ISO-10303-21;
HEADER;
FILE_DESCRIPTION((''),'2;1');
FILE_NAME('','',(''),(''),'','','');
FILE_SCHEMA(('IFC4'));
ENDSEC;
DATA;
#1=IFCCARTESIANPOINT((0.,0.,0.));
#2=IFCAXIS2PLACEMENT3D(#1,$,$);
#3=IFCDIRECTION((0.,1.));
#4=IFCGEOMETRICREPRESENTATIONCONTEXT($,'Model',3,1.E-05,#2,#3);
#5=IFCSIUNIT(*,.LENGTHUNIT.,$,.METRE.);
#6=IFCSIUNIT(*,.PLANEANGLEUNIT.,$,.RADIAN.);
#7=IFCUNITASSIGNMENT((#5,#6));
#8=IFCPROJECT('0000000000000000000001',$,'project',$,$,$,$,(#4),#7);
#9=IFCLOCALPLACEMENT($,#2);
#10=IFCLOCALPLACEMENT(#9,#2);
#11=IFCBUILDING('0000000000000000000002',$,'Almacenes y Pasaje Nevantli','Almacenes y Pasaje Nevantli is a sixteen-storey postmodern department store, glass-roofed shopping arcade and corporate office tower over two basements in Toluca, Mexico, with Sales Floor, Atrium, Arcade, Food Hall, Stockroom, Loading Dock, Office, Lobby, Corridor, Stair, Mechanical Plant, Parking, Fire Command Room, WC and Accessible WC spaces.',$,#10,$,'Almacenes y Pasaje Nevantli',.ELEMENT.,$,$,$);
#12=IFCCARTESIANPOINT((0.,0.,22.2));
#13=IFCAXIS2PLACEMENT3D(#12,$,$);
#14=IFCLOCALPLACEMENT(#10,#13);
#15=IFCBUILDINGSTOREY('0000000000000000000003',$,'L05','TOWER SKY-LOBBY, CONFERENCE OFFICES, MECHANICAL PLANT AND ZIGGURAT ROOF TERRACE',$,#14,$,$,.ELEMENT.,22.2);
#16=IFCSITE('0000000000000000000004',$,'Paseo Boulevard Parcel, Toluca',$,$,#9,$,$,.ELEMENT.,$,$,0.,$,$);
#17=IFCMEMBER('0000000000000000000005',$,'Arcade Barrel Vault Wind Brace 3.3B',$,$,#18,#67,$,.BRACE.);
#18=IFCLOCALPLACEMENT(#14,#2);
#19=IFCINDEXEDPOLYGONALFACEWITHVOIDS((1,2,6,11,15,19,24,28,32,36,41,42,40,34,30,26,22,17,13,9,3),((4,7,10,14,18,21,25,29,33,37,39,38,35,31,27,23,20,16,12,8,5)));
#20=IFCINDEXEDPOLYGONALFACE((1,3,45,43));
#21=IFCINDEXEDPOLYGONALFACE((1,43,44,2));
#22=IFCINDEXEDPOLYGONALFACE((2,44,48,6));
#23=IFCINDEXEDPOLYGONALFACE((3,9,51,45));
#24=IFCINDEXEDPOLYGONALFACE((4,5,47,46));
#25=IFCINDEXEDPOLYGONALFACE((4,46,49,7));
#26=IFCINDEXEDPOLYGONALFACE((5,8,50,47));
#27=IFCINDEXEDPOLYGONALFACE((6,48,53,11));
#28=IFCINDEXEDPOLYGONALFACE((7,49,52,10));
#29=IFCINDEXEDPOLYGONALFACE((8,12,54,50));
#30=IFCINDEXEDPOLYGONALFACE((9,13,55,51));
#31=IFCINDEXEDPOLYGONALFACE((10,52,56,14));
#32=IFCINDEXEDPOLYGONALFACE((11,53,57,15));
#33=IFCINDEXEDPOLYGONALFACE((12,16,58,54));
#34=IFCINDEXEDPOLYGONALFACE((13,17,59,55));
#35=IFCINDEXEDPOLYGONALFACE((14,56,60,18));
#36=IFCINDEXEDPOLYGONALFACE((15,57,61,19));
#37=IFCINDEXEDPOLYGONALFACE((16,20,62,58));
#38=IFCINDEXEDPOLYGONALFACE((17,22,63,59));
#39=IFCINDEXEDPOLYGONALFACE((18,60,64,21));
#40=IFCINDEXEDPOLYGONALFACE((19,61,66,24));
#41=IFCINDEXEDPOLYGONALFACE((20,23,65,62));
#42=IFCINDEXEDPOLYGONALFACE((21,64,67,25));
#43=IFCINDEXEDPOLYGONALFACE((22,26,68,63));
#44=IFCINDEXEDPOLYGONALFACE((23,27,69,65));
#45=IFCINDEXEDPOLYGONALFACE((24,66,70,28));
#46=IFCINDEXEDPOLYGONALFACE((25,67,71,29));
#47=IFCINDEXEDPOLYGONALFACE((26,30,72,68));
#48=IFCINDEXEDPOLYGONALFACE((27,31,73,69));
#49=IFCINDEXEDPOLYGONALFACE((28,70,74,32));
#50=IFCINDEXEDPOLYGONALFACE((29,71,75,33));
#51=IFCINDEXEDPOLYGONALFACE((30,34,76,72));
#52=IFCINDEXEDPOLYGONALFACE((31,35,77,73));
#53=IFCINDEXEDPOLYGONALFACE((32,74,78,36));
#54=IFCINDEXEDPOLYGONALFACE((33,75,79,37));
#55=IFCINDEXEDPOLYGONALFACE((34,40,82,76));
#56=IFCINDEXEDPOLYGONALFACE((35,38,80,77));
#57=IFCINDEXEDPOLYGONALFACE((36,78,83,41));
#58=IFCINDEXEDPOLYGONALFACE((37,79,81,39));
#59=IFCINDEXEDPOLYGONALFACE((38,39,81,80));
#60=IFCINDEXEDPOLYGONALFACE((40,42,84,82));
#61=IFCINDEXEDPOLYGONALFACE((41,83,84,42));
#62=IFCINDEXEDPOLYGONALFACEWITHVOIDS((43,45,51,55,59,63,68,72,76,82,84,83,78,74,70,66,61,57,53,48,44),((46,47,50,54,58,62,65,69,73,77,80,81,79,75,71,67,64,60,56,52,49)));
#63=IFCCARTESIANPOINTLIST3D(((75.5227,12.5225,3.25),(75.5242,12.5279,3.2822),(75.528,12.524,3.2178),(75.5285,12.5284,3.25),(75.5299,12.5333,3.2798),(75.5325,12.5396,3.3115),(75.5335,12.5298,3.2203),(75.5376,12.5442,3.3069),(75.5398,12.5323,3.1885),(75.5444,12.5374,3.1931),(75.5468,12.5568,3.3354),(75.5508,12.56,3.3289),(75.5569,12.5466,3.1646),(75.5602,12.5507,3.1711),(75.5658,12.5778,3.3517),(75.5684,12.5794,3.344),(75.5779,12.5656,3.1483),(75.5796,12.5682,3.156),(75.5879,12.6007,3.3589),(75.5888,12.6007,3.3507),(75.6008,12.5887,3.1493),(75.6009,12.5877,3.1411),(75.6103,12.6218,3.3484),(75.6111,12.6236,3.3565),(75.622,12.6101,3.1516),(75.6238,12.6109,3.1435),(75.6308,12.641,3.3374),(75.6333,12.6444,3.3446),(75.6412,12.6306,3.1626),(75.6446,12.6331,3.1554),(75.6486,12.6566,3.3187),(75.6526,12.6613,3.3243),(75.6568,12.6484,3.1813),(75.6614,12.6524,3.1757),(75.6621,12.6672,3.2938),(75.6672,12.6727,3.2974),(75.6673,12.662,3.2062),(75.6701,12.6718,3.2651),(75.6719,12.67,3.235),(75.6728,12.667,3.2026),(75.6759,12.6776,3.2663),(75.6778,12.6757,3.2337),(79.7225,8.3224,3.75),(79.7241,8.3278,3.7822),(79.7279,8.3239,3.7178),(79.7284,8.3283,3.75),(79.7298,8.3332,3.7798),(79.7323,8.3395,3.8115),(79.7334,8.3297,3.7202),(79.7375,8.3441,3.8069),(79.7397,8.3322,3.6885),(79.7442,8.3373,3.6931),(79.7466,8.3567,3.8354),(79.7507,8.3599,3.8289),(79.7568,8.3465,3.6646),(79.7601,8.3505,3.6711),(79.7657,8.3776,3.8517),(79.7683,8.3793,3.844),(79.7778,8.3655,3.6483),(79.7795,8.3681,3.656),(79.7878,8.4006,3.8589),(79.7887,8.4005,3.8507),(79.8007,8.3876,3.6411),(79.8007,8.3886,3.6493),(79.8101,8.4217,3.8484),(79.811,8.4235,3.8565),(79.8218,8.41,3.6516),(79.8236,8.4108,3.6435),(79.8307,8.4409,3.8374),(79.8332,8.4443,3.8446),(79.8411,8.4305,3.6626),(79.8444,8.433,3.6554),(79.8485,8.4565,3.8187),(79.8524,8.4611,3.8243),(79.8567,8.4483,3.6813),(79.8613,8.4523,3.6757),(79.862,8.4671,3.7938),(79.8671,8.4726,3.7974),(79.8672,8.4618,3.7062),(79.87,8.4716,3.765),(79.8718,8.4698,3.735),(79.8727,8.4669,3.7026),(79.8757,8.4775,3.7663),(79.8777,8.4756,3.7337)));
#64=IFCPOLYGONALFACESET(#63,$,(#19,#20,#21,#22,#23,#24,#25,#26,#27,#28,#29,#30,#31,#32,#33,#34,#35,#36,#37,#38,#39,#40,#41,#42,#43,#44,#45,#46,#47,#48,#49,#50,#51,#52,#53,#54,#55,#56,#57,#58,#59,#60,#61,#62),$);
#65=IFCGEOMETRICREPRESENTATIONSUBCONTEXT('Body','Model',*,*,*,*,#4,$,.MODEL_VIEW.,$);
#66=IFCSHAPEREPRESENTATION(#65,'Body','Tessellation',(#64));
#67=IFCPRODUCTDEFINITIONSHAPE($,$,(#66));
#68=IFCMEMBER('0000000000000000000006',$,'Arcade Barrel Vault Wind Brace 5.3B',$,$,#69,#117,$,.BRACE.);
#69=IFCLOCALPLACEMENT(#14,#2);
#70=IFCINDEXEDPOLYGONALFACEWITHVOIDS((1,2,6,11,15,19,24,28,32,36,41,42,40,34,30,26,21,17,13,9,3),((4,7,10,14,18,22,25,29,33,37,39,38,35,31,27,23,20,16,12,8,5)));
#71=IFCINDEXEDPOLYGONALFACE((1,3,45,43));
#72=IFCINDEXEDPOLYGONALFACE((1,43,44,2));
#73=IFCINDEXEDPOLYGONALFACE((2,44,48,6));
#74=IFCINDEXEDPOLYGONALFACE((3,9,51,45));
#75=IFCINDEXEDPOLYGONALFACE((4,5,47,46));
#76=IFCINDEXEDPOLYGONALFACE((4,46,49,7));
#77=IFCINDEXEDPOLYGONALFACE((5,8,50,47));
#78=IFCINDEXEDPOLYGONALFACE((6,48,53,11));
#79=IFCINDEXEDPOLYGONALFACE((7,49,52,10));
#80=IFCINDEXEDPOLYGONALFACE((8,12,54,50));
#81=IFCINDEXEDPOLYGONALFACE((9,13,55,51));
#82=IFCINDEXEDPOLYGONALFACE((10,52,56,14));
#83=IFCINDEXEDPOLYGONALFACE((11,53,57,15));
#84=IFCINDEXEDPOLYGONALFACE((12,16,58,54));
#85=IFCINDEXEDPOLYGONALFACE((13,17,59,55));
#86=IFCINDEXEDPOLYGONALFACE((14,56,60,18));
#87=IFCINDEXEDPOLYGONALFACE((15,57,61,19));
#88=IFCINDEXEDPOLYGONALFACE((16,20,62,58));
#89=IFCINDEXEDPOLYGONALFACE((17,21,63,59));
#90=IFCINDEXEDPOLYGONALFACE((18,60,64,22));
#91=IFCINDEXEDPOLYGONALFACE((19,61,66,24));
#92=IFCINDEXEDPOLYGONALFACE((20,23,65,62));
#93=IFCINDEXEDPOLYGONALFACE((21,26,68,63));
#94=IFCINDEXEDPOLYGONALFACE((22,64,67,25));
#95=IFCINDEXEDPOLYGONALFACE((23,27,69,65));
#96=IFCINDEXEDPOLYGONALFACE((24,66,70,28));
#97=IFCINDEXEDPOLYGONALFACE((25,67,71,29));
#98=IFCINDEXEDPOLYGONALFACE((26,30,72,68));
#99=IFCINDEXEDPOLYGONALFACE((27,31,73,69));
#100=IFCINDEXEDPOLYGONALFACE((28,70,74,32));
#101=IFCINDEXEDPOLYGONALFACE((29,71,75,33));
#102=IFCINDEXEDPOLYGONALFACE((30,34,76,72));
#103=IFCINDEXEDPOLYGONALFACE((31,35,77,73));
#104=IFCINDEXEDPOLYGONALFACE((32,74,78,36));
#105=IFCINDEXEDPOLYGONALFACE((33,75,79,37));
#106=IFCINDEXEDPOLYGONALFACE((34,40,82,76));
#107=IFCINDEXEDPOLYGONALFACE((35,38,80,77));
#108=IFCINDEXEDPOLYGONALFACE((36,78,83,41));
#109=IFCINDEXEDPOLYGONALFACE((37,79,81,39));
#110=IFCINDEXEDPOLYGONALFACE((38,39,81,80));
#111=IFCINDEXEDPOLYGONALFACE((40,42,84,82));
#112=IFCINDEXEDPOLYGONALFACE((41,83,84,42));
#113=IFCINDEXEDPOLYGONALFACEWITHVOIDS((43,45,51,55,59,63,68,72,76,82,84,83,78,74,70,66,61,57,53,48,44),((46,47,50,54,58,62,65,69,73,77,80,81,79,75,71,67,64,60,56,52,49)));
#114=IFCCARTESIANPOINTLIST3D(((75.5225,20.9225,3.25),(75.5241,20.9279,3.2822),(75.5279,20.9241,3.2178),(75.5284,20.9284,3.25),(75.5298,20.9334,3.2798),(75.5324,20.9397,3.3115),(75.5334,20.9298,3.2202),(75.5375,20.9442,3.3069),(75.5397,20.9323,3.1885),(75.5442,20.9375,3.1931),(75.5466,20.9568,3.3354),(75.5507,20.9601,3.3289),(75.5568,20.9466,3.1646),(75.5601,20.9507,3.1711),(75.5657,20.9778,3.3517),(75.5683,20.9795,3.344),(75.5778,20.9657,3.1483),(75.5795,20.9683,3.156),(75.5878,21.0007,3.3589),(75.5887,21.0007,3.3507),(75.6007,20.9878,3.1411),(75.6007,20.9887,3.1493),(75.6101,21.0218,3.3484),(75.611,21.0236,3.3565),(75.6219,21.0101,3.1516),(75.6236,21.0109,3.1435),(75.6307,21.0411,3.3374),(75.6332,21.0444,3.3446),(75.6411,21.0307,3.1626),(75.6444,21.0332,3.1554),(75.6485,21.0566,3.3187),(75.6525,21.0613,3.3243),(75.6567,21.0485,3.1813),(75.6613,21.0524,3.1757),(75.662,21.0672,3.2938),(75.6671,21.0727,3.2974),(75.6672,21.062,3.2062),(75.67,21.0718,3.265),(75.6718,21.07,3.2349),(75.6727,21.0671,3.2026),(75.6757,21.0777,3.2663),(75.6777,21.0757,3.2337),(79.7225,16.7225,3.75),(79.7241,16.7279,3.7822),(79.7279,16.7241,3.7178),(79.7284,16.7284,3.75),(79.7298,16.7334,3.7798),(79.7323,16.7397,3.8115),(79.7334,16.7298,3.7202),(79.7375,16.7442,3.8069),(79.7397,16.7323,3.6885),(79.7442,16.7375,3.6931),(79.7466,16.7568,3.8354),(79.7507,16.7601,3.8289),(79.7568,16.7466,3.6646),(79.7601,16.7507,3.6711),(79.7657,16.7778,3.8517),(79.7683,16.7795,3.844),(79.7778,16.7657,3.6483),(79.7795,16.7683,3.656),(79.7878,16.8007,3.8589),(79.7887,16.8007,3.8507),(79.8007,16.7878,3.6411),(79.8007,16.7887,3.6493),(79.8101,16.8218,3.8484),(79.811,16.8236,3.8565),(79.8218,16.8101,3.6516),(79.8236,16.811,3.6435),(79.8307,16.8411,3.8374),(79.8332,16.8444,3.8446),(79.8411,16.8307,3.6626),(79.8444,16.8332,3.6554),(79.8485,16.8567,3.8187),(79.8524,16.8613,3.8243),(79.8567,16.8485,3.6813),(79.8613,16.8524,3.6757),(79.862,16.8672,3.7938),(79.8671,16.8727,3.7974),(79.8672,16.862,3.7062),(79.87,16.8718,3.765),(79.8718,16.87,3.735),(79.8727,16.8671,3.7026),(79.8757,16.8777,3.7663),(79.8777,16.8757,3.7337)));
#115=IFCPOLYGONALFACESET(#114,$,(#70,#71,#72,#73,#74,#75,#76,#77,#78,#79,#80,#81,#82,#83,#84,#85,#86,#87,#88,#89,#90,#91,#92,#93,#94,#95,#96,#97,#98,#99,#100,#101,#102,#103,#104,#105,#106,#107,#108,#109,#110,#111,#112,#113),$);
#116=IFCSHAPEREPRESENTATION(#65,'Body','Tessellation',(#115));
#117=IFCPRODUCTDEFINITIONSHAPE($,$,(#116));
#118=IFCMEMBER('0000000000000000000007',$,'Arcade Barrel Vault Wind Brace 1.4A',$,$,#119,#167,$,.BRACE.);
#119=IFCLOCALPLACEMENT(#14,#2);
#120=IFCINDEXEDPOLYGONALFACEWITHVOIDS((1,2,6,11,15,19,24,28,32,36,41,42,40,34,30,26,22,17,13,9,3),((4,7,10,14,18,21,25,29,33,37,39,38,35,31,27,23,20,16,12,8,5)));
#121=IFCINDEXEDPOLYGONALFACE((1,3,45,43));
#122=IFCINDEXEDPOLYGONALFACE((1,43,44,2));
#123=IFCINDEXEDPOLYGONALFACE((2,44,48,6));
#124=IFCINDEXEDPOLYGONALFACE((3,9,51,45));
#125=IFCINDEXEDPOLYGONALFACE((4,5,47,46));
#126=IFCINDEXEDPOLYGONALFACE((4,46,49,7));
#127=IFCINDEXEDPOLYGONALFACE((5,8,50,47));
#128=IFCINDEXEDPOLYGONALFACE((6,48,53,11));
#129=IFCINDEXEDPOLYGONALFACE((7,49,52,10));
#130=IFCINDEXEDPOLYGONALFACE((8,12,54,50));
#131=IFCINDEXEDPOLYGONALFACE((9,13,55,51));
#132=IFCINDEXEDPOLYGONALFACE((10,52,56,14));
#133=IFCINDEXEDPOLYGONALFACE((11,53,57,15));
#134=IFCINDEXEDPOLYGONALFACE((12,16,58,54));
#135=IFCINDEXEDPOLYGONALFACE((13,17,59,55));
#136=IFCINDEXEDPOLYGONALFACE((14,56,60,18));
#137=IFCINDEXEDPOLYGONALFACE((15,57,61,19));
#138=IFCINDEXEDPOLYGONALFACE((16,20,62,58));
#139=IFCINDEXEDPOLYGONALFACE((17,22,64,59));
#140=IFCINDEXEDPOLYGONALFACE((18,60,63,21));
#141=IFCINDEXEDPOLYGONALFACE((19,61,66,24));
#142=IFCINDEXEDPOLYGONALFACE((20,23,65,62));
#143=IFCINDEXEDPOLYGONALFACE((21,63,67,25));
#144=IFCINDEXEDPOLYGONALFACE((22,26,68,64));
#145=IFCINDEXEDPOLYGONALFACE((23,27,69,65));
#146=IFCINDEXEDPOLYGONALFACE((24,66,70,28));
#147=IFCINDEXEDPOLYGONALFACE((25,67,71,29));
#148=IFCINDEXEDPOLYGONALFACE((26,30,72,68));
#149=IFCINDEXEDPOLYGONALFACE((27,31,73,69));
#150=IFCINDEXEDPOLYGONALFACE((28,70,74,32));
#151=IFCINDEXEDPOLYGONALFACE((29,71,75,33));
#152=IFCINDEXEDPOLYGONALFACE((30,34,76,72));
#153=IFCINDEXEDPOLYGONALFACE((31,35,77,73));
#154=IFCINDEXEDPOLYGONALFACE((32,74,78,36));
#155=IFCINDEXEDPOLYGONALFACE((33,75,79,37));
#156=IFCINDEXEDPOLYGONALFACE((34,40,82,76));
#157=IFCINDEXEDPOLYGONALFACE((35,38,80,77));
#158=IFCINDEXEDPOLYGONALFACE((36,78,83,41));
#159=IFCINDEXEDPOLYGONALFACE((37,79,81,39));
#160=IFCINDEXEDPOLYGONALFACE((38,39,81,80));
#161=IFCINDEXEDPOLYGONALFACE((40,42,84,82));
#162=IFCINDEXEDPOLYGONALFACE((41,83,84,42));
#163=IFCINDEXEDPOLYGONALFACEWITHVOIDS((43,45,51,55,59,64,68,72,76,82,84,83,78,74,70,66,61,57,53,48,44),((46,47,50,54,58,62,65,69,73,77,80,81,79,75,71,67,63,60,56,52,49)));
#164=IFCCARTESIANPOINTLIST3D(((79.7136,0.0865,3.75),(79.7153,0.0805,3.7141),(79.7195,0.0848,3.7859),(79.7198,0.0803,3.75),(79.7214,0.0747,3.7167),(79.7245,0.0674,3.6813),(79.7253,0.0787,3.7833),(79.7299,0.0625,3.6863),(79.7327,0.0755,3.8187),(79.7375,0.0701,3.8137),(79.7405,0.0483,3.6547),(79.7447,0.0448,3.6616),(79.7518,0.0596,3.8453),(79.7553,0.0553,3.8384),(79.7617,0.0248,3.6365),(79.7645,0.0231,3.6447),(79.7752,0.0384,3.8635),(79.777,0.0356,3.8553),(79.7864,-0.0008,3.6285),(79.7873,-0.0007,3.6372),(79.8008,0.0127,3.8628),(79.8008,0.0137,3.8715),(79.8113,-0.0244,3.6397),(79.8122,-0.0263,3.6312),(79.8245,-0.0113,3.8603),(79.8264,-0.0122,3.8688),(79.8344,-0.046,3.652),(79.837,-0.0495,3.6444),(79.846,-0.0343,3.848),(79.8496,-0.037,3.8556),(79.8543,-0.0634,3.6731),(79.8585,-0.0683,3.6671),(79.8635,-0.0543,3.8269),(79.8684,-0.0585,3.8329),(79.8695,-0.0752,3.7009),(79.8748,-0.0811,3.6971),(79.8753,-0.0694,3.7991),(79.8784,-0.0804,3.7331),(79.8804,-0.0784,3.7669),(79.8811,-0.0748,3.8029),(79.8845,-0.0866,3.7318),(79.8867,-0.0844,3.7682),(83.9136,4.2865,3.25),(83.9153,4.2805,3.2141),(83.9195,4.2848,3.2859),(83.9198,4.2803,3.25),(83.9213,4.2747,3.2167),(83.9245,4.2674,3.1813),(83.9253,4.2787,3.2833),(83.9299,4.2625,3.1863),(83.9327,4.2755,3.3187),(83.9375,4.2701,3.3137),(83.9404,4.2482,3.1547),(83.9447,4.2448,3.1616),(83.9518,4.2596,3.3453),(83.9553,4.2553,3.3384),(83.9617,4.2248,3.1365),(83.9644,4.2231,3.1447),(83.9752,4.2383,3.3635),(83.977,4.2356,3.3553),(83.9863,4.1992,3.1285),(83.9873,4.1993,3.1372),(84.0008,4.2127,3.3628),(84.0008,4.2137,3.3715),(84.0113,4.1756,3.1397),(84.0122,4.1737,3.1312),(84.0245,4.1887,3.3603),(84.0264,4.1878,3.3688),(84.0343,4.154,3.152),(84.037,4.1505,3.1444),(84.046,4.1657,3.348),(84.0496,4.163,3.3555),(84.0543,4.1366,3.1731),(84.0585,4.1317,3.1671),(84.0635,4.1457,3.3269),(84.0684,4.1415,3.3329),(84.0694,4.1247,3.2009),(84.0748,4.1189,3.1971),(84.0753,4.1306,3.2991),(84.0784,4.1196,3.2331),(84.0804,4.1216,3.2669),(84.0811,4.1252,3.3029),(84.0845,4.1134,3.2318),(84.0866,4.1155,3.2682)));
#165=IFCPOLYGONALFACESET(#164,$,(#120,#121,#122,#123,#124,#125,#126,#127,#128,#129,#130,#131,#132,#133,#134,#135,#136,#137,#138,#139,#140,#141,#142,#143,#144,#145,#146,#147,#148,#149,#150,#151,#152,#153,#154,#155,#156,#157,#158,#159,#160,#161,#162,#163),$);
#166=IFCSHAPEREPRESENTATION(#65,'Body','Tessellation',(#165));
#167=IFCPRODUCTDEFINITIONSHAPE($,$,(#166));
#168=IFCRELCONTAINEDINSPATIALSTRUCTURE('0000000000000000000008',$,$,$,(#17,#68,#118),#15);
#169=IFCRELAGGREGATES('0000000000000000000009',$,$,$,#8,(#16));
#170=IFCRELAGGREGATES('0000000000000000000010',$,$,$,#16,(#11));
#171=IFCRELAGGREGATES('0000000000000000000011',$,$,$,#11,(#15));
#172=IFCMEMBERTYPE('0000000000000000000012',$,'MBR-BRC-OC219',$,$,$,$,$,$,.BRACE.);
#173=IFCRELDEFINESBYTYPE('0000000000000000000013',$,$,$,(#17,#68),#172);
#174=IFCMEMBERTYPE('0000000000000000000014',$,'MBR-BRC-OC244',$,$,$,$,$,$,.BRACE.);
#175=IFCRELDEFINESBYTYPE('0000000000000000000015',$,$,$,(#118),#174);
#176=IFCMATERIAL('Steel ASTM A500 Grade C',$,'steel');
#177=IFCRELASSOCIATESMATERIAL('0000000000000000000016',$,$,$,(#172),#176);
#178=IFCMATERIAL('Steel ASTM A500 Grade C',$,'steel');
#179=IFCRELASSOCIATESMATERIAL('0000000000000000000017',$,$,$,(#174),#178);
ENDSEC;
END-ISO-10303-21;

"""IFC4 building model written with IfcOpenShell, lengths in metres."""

from ifc_helpers import new_model, si_unit, direction, frame, origin, origin_2d, place, context, subcontext, project, spatial, hollow_circle, extrude, material, material_profile, profile_set, type_object, element, save


model = new_model("IFC4")

# Units and contexts
model_context = context("Model", 3, precision=1e-05, world=origin(), true_north=direction((0.0, 1.0)))
body_context = subcontext(model_context, "Body", "Model", "MODEL_VIEW")
ifc_project = project(units=[si_unit("LENGTHUNIT", "METRE"), si_unit("PLANEANGLEUNIT", "RADIAN")], contexts=[model_context])

# Site, building, storey
site_placement = place(None, origin())
site = spatial("IfcSite", under=ifc_project, at=site_placement, Name="Paseo Boulevard Parcel, Toluca", CompositionType="ELEMENT", RefElevation=0.0)
building_placement = place(site_placement, origin())
building = spatial("IfcBuilding", under=site, at=building_placement, Name="Almacenes y Pasaje Nevantli", Description="Almacenes y Pasaje Nevantli is a sixteen-storey postmodern department store, glass-roofed shopping arcade and corporate office tower over two basements in Toluca, Mexico, with Sales Floor, Atrium, Arcade, Food Hall, Stockroom, Loading Dock, Office, Lobby, Corridor, Stair, Mechanical Plant, Parking, Fire Command Room, WC and Accessible WC spaces.", LongName="Almacenes y Pasaje Nevantli", CompositionType="ELEMENT")
storey_placement = place(building_placement, frame((0.0, 0.0, 22.2)))
storey = spatial("IfcBuildingStorey", under=building, at=storey_placement, Name="L05", Description="TOWER SKY-LOBBY, CONFERENCE OFFICES, MECHANICAL PLANT AND ZIGGURAT ROOF TERRACE", CompositionType="ELEMENT", Elevation=22.2)

# Members
ifc_material_1 = material(Name="Steel ASTM A500 Grade C", Category="steel")
ifc_material_profile_1 = material_profile(ifc_material_1, hollow_circle(Radius=0.1096, WallThickness=0.0083, at=origin_2d()), Name="OC 219x8.2")
ifc_profile_set_1 = profile_set([ifc_material_profile_1], Name="Steel ASTM A500 Grade C")
member_type_1 = type_object("IfcMemberType", Name="MBR-BRC-OC219", PredefinedType="BRACE", material=ifc_profile_set_1)
for number, where, z_axis, x_axis, name in (
    (1, (79.8, 8.3999, 3.75), (-0.704594, 0.704635, -0.083881), (-0.707127, -0.707086, 0.0), "Arcade Barrel Vault Wind Brace 3.3B"),
    (2, (79.8, 16.8, 3.75), (-0.704615, 0.704615, -0.083884), (-0.707107, -0.707107, 0.0), "Arcade Barrel Vault Wind Brace 5.3B"),
):
    element("IfcMember", number, at=place(storey_placement, frame(where, z_axis=z_axis, x_axis=x_axis)), inside=storey, type_object=member_type_1, Name=name, PredefinedType="BRACE", context=body_context, shape_type="SweptSolid", body=[
        extrude(hollow_circle(Radius=0.1096, WallThickness=0.0083, at=origin_2d()), origin(), (0.0, 0.0, 1.0), 5.9607),
    ])
ifc_material_2 = material(Name="Steel ASTM A500 Grade C", Category="steel")
ifc_material_profile_2 = material_profile(ifc_material_2, hollow_circle(Radius=0.1223, WallThickness=0.0088, at=origin_2d()), Name="OC 244x8.9")
ifc_profile_set_2 = profile_set([ifc_material_profile_2], Name="Steel ASTM A500 Grade C")
member_type_2 = type_object("IfcMemberType", Name="MBR-BRC-OC244", PredefinedType="BRACE", material=ifc_profile_set_2)
for number, where, z_axis, x_axis, name in (
    (3, (79.8, 0.0, 3.75), (0.704615, 0.704615, -0.083884), (-0.707107, 0.707107, 0.0), "Arcade Barrel Vault Wind Brace 1.4A"),
):
    element("IfcMember", number, at=place(storey_placement, frame(where, z_axis=z_axis, x_axis=x_axis)), inside=storey, type_object=member_type_2, Name=name, PredefinedType="BRACE", context=body_context, shape_type="SweptSolid", body=[
        extrude(hollow_circle(Radius=0.1223, WallThickness=0.0088, at=origin_2d()), origin(), (0.0, 0.0, 1.0), 5.9607),
    ])

save(model, "model.ifc")
